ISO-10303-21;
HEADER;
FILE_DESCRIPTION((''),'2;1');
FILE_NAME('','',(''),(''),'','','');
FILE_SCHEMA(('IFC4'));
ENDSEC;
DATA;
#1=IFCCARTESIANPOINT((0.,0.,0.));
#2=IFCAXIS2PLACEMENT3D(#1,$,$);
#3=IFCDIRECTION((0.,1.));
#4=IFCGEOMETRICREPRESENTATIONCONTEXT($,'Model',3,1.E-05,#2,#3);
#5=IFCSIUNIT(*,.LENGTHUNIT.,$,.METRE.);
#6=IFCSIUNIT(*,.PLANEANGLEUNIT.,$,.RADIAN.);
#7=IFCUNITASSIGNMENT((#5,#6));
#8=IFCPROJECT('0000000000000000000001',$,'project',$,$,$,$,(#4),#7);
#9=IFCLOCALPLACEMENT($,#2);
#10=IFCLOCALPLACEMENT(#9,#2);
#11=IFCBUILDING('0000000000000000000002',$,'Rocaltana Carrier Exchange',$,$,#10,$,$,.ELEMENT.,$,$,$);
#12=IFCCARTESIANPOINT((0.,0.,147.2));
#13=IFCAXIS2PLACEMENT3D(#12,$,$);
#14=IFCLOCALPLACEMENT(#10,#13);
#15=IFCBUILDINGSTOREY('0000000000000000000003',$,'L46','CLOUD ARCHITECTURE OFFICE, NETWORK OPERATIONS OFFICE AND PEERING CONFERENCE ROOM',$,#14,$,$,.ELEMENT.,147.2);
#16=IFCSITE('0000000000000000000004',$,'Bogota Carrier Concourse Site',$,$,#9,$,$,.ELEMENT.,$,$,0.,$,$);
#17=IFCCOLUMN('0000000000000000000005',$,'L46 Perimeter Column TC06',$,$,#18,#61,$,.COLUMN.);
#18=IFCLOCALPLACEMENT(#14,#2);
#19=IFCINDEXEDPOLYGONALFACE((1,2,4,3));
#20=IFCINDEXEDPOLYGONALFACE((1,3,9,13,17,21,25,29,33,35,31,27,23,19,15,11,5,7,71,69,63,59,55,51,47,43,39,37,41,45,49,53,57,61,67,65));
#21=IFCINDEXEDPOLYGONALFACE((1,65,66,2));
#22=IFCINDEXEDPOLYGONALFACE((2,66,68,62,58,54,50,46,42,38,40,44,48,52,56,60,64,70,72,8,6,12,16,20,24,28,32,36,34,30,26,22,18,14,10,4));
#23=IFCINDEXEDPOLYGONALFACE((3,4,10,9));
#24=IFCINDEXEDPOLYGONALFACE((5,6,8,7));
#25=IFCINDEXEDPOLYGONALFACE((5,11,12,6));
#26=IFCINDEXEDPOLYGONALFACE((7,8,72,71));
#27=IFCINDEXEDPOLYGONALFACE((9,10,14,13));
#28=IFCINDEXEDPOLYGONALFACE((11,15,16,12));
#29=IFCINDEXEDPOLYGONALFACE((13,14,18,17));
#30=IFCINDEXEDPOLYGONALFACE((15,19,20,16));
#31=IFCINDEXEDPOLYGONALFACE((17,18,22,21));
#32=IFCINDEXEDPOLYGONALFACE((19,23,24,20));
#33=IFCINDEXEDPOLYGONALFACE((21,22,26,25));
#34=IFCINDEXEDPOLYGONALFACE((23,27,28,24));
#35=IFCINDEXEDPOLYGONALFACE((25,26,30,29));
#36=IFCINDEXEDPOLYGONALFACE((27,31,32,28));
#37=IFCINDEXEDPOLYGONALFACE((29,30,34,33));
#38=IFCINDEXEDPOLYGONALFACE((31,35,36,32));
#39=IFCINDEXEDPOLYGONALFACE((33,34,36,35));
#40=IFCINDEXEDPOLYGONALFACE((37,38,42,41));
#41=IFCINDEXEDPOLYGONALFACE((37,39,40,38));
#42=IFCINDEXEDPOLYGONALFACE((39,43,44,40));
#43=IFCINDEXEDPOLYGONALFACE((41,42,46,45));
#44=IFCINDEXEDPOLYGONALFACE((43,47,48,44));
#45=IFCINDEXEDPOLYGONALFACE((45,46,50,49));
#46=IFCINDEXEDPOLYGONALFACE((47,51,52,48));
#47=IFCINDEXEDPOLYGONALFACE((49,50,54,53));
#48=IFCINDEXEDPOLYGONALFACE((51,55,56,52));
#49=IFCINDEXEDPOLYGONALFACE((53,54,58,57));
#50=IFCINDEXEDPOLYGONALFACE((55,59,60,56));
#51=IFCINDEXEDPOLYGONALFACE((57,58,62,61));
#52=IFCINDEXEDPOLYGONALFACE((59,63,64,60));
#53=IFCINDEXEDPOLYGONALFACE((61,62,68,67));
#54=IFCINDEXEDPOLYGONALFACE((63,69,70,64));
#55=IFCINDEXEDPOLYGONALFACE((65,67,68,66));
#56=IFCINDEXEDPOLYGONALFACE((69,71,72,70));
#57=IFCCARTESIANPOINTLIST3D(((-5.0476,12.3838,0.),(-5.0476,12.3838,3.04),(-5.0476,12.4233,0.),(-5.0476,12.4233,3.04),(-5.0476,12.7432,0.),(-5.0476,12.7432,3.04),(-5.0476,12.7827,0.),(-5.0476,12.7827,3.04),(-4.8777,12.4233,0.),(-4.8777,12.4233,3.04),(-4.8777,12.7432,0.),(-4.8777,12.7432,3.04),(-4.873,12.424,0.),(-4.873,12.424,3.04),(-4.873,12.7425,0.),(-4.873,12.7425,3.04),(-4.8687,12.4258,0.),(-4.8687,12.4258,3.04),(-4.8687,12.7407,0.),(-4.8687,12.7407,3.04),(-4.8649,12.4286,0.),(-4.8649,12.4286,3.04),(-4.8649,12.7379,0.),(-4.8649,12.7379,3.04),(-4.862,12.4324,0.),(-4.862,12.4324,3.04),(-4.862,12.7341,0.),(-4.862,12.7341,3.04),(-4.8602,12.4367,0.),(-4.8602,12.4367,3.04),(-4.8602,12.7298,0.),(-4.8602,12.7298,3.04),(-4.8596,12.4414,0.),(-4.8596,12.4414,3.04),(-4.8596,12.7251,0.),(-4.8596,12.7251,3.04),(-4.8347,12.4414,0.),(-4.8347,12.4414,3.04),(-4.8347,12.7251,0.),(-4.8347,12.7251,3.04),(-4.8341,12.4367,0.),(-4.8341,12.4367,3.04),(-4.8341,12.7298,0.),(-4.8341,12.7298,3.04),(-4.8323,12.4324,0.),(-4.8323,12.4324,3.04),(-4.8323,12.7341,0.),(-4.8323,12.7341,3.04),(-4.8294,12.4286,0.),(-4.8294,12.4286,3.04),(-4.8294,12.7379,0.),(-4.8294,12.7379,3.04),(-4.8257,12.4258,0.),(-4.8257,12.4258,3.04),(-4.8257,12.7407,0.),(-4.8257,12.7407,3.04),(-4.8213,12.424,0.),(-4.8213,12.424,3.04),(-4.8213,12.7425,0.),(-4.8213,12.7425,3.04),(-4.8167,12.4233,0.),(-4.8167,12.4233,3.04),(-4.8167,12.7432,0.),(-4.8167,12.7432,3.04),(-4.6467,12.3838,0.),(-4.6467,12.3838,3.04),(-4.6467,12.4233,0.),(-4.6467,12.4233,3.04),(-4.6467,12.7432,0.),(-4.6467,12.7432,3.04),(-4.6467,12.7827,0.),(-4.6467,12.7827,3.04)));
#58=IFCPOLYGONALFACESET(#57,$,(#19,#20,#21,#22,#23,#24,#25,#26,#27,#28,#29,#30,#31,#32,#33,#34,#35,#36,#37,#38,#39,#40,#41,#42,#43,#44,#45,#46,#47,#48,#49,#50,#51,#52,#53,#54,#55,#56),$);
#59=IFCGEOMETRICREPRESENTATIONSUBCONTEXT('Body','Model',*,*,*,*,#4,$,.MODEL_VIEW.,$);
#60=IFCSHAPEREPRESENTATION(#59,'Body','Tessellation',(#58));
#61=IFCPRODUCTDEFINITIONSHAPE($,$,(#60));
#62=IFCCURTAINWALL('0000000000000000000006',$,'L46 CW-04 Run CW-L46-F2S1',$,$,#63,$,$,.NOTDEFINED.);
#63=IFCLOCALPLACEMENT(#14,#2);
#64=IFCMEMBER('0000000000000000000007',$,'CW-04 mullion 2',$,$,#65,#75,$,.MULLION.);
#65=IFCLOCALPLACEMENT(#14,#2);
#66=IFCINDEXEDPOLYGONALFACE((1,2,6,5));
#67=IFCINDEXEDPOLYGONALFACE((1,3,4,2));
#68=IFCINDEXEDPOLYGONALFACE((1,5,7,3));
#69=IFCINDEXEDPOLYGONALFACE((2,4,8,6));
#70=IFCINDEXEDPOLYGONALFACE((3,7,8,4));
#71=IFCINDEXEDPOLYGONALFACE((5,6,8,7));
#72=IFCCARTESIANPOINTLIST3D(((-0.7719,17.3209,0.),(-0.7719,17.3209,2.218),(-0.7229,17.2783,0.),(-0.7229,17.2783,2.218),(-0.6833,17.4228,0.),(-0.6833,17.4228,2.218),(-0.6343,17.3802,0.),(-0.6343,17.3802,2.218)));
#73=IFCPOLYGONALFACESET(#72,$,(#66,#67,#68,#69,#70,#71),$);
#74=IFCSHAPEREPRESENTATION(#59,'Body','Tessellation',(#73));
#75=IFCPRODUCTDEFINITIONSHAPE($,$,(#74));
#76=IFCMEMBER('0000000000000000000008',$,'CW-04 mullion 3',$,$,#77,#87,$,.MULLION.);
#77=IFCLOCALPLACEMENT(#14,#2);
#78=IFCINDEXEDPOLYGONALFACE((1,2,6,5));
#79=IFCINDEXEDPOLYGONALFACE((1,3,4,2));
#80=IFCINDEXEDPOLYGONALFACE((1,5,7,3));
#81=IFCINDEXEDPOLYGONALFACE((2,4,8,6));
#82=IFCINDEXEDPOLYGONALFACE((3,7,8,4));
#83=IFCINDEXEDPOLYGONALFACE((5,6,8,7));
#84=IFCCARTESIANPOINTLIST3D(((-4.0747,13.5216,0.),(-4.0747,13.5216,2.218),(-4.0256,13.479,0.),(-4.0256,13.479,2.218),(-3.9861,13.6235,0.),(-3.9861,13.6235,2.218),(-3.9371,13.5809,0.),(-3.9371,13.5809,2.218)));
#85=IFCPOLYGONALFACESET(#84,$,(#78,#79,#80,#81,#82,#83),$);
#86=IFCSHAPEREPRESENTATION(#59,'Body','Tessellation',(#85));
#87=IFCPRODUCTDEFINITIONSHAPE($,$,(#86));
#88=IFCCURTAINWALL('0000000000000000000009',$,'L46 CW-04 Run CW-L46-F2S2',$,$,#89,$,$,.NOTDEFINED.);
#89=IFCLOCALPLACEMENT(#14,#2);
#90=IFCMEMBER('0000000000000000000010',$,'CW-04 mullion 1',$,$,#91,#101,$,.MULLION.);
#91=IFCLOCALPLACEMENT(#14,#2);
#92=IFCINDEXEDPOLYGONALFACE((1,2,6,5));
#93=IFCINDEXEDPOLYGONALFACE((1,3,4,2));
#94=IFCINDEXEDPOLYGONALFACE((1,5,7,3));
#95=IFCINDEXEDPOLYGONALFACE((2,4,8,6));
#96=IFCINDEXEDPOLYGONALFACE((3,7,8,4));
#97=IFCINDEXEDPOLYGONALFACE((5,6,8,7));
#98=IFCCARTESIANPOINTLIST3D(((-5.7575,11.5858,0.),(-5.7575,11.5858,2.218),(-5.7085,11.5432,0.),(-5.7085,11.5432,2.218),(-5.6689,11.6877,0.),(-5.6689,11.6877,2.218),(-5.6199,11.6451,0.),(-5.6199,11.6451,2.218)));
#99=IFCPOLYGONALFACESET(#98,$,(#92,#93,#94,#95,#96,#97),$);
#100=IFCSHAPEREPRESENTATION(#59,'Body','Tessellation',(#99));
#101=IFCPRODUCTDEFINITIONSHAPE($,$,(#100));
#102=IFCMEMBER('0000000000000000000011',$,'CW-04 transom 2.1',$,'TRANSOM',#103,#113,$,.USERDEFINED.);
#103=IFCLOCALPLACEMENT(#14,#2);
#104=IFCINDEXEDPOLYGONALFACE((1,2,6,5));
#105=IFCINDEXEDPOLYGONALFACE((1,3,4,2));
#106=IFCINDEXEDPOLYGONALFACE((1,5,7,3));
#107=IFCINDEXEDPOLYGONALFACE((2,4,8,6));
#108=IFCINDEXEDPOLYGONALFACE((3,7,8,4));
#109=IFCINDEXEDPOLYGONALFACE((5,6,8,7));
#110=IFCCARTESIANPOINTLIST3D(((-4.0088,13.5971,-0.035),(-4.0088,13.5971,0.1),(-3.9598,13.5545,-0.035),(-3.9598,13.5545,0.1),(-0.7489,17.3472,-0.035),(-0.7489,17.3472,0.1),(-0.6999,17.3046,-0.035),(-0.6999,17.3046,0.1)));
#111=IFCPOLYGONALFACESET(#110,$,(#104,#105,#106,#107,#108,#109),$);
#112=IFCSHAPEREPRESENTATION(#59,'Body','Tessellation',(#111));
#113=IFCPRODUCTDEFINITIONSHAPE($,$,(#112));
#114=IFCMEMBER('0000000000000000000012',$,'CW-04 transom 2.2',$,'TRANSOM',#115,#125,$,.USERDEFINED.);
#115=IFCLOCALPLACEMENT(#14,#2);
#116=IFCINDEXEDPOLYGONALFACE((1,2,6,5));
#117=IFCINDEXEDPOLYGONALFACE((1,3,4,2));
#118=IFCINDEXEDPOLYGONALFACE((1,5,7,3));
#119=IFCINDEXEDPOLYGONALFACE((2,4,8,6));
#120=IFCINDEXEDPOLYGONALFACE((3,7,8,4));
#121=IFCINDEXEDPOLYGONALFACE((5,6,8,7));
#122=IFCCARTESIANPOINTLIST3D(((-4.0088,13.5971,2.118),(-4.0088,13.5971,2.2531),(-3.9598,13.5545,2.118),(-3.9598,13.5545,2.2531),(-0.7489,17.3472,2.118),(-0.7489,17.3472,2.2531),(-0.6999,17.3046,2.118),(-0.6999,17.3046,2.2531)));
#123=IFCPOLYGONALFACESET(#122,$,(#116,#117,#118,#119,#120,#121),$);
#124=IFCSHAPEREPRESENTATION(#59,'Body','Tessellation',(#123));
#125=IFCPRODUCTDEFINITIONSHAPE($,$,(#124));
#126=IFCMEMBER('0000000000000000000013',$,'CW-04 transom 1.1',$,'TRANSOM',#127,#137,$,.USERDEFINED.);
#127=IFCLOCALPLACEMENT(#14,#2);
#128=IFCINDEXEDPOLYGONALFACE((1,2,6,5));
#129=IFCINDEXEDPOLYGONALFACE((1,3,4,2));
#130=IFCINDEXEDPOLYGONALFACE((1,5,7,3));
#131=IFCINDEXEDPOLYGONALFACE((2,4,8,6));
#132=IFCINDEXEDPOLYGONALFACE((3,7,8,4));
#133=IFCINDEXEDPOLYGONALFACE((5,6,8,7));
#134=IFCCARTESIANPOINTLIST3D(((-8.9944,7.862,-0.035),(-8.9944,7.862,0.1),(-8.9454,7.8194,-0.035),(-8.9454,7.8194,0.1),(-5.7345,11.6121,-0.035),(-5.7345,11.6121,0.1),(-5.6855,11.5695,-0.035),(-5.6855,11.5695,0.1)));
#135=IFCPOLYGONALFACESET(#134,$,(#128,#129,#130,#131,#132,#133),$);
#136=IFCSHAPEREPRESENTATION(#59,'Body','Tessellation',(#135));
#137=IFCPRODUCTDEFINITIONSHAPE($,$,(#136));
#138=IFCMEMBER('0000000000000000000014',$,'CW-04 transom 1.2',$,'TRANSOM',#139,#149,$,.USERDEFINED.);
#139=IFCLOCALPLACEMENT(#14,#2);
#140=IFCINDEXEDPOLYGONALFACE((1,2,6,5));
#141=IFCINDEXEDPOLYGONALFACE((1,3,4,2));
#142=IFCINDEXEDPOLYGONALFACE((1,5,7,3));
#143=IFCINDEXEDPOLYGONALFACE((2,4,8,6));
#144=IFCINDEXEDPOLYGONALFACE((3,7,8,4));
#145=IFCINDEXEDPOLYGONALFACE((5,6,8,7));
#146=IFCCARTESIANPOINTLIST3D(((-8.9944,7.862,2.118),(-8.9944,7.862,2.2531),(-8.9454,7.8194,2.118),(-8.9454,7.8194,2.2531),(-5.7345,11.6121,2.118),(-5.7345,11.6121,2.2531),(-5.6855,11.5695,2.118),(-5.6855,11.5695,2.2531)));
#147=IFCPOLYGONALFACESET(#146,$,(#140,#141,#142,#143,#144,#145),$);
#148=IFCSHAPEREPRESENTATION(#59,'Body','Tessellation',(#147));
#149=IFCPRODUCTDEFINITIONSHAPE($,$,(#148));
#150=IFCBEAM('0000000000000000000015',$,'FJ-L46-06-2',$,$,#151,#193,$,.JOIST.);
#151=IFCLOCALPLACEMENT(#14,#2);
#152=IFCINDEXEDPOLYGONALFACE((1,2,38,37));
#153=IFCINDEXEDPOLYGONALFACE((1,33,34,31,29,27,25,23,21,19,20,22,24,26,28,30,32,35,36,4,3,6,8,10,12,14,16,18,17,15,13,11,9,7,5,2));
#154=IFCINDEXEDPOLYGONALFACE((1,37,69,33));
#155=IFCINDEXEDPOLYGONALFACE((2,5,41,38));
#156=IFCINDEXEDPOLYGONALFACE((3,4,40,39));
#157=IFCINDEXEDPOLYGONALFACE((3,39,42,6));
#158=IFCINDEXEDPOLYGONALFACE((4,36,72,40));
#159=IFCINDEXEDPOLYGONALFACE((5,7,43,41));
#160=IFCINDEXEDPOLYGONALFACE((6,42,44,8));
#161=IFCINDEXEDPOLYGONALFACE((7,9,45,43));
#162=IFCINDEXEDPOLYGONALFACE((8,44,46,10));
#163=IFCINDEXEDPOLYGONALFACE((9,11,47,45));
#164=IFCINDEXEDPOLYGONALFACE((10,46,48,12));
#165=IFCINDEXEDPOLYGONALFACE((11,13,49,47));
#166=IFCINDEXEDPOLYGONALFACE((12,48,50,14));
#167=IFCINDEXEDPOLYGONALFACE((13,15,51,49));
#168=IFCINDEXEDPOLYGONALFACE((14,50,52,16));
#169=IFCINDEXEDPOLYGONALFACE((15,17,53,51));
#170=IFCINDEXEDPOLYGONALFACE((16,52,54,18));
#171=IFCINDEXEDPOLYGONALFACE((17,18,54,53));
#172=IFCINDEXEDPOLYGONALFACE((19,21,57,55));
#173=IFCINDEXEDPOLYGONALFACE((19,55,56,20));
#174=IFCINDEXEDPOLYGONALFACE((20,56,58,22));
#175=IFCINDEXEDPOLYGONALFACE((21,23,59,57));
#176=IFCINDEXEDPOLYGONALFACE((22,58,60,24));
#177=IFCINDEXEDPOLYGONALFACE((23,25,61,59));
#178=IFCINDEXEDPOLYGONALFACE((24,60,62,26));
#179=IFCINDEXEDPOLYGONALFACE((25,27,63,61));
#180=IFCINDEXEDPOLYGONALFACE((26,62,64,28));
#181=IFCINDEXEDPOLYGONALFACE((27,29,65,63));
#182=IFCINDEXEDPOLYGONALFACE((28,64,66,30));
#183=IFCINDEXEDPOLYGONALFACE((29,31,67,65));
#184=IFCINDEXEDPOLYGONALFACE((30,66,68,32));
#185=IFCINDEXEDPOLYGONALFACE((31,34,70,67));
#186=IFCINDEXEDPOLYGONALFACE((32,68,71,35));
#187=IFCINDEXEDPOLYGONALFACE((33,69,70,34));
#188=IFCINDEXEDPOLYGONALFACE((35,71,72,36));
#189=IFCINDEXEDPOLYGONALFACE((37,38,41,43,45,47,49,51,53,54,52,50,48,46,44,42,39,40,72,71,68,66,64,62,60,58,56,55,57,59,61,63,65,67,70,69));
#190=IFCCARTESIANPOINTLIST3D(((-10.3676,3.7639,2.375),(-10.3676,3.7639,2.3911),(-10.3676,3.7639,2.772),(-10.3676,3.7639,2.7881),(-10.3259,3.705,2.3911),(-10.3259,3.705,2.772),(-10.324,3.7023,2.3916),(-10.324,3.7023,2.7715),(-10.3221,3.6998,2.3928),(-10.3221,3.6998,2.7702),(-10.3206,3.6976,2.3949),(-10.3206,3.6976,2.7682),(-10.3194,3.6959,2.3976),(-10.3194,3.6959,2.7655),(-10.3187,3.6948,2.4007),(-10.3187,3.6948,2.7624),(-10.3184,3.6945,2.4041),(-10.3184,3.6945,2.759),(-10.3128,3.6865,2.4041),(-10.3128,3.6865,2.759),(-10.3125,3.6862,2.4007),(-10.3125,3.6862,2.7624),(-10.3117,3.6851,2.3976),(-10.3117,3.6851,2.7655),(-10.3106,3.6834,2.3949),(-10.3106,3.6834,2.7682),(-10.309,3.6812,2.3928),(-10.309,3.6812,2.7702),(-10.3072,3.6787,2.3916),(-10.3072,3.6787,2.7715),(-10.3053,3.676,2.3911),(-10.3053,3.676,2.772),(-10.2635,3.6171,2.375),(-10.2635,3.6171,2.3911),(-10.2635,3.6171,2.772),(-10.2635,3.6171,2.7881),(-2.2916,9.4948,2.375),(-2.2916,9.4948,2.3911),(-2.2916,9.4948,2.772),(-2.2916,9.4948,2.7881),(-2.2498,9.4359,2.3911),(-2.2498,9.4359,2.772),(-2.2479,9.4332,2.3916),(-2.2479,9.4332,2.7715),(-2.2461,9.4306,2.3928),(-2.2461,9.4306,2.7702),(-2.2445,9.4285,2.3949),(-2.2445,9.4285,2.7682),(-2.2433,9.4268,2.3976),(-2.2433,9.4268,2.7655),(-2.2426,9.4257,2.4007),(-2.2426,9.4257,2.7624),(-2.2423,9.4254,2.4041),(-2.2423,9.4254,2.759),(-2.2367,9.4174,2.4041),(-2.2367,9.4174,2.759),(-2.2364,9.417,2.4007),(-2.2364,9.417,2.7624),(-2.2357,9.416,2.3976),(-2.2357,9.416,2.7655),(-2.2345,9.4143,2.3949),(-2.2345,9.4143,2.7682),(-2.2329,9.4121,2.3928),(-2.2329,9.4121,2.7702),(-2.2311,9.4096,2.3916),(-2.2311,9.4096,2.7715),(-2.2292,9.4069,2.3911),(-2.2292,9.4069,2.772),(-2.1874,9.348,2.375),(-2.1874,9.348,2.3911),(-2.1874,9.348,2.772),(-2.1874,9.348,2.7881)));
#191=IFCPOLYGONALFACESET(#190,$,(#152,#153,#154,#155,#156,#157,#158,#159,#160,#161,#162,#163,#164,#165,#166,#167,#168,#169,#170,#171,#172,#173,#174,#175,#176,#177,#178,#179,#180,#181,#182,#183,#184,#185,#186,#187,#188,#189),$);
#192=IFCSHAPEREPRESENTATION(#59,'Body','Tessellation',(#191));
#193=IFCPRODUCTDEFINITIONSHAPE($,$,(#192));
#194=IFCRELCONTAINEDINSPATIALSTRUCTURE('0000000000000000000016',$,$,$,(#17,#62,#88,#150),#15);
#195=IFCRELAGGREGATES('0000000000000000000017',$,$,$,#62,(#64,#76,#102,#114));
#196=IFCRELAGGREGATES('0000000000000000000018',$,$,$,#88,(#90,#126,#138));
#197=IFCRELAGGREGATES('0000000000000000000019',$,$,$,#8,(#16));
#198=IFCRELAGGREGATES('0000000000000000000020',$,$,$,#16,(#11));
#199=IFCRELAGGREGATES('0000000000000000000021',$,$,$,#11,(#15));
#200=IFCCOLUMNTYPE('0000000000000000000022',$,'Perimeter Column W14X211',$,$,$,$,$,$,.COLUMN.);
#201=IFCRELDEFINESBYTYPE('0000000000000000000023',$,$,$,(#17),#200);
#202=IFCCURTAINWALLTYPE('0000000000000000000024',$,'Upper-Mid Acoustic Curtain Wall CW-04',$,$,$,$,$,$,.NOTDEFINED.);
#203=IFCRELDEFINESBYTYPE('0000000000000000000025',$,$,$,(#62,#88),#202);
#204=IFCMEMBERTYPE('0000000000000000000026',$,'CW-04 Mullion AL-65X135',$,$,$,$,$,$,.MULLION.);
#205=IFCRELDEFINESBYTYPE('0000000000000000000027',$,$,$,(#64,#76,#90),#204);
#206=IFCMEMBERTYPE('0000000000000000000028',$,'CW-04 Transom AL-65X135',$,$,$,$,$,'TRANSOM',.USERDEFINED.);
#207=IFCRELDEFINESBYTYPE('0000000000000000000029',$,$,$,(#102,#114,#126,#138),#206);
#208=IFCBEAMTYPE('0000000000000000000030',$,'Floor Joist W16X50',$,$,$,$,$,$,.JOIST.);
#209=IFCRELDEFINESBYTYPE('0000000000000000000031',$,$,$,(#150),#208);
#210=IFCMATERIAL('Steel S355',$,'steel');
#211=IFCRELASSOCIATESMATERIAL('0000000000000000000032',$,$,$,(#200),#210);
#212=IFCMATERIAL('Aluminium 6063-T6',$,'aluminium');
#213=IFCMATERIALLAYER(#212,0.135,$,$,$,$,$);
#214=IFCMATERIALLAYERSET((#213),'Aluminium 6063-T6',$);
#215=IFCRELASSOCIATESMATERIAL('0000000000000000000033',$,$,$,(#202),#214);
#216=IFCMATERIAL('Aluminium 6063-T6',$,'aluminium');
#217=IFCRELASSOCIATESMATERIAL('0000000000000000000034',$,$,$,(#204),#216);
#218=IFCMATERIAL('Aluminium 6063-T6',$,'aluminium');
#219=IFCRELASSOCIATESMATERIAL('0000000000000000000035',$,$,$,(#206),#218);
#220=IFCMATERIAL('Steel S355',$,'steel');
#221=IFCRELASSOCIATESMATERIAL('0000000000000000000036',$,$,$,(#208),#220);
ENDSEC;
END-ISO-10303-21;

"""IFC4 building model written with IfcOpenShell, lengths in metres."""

from ifc_helpers import new_model, si_unit, direction, frame, origin, origin_2d, place, context, subcontext, project, spatial, rectangle, i_section, extrude, material, layer, layer_set, material_profile, profile_set, type_object, element, aggregate, save


model = new_model("IFC4")

# Units and contexts
model_context = context("Model", 3, precision=1e-05, world=origin(), true_north=direction((0.0, 1.0)))
body_context = subcontext(model_context, "Body", "Model", "MODEL_VIEW")
ifc_project = project(units=[si_unit("LENGTHUNIT", "METRE"), si_unit("PLANEANGLEUNIT", "RADIAN")], contexts=[model_context])

# Site, building, storey
site_placement = place(None, origin())
site = spatial("IfcSite", under=ifc_project, at=site_placement, Name="Bogota Carrier Concourse Site", CompositionType="ELEMENT", RefElevation=0.0)
building_placement = place(site_placement, origin())
building = spatial("IfcBuilding", under=site, at=building_placement, Name="Rocaltana Carrier Exchange", CompositionType="ELEMENT")
storey_placement = place(building_placement, frame((0.0, 0.0, 147.2)))
storey = spatial("IfcBuildingStorey", under=building, at=storey_placement, Name="L46", Description="CLOUD ARCHITECTURE OFFICE, NETWORK OPERATIONS OFFICE AND PEERING CONFERENCE ROOM", CompositionType="ELEMENT", Elevation=147.2)

# Column
ifc_material_1 = material(Name="Steel S355", Category="steel")
ifc_material_profile_1 = material_profile(ifc_material_1, i_section(OverallWidth=0.4009, OverallDepth=0.3989, WebThickness=0.0249, FlangeThickness=0.0396, FilletRadius=0.0181, at=origin_2d()), Name="W14X211")
ifc_profile_set_1 = profile_set([ifc_material_profile_1], Name="Steel S355")
column_type = type_object("IfcColumnType", Name="Perimeter Column W14X211", PredefinedType="COLUMN", material=ifc_profile_set_1)
column_placement = place(storey_placement, frame((-4.8472, 12.5833, 0.0), z_axis=(0.0, 0.0, 1.0), x_axis=(1.0, 0.0, 0.0)))
element("IfcColumn", 1, at=column_placement, inside=storey, type_object=column_type, Name="L46 Perimeter Column TC06", PredefinedType="COLUMN", context=body_context, shape_type="SweptSolid", body=[
    extrude(i_section(OverallWidth=0.4009, OverallDepth=0.3989, WebThickness=0.0249, FlangeThickness=0.0396, FilletRadius=0.0181, at=origin_2d()), origin(), (0.0, 0.0, 1.0), 3.04),
])

# Curtain wall, members
ifc_material_2 = material(Name="Aluminium 6063-T6", Category="aluminium")
ifc_layer_1 = layer(ifc_material_2, 0.135)
ifc_layer_set_1 = layer_set([ifc_layer_1], Name="Aluminium 6063-T6")
curtain_wall_type = type_object("IfcCurtainWallType", Name="Upper-Mid Acoustic Curtain Wall CW-04", PredefinedType="NOTDEFINED", material=ifc_layer_set_1)
curtain_wall_1_placement = place(storey_placement, origin())
curtain_wall_1 = element("IfcCurtainWall", 2, at=curtain_wall_1_placement, inside=storey, type_object=curtain_wall_type, Name="L46 CW-04 Run CW-L46-F2S1", PredefinedType="NOTDEFINED")
ifc_material_3 = material(Name="Aluminium 6063-T6", Category="aluminium")
ifc_material_profile_2 = material_profile(ifc_material_3, rectangle(XDim=0.0649, YDim=0.135, at=origin_2d()), Name="AL-65X135")
ifc_profile_set_2 = profile_set([ifc_material_profile_2], Name="Aluminium 6063-T6")
member_type_1 = type_object("IfcMemberType", Name="CW-04 Mullion AL-65X135", PredefinedType="MULLION", material=ifc_profile_set_2)
member_1_placement = place(storey_placement, frame((-0.7031, 17.3506, 0.0), z_axis=(0.0, 0.0, 1.0), x_axis=(0.754712, -0.656057, 0.0)))
member_1 = element("IfcMember", 3, at=member_1_placement, type_object=member_type_1, Name="CW-04 mullion 2", PredefinedType="MULLION", context=body_context, shape_type="SweptSolid", body=[
    extrude(rectangle(XDim=0.0649, YDim=0.135, at=origin_2d()), origin(), (0.0, 0.0, 1.0), 2.218),
])
member_2_placement = place(storey_placement, frame((-4.0059, 13.5513, 0.0), z_axis=(0.0, 0.0, 1.0), x_axis=(0.754712, -0.656057, 0.0)))
member_2 = element("IfcMember", 4, at=member_2_placement, type_object=member_type_1, Name="CW-04 mullion 3", PredefinedType="MULLION", context=body_context, shape_type="SweptSolid", body=[
    extrude(rectangle(XDim=0.0649, YDim=0.135, at=origin_2d()), origin(), (0.0, 0.0, 1.0), 2.218),
])

# Curtain wall, member
curtain_wall_2_placement = place(storey_placement, origin())
curtain_wall_2 = element("IfcCurtainWall", 5, at=curtain_wall_2_placement, inside=storey, type_object=curtain_wall_type, Name="L46 CW-04 Run CW-L46-F2S2", PredefinedType="NOTDEFINED")
member_3_placement = place(storey_placement, frame((-5.6887, 11.6155, 0.0), z_axis=(0.0, 0.0, 1.0), x_axis=(0.754712, -0.656057, 0.0)))
member_3 = element("IfcMember", 6, at=member_3_placement, type_object=member_type_1, Name="CW-04 mullion 1", PredefinedType="MULLION", context=body_context, shape_type="SweptSolid", body=[
    extrude(rectangle(XDim=0.0649, YDim=0.135, at=origin_2d()), origin(), (0.0, 0.0, 1.0), 2.218),
])

# Members
ifc_material_4 = material(Name="Aluminium 6063-T6", Category="aluminium")
ifc_material_profile_3 = material_profile(ifc_material_4, rectangle(XDim=0.0649, YDim=0.135, at=origin_2d()), Name="AL-65X135")
ifc_profile_set_3 = profile_set([ifc_material_profile_3], Name="Aluminium 6063-T6")
member_type_2 = type_object("IfcMemberType", Name="CW-04 Transom AL-65X135", ElementType="TRANSOM", PredefinedType="USERDEFINED", material=ifc_profile_set_3)
member_4_placement = place(storey_placement, frame((-0.7244, 17.3259, 0.0325), z_axis=(-0.656056, -0.754712, 0.0), x_axis=(0.754712, -0.656056, 0.0)))
member_4 = element("IfcMember", 7, at=member_4_placement, type_object=member_type_2, Name="CW-04 transom 2.1", ObjectType="TRANSOM", PredefinedType="USERDEFINED", context=body_context, shape_type="SweptSolid", body=[
    extrude(rectangle(XDim=0.0649, YDim=0.135, at=origin_2d()), origin(), (0.0, 0.0, 1.0), 4.969),
])
member_5_placement = place(storey_placement, frame((-0.7244, 17.3259, 2.1855), z_axis=(-0.656056, -0.754712, 0.0), x_axis=(0.754712, -0.656056, 0.0)))
member_5 = element("IfcMember", 8, at=member_5_placement, type_object=member_type_2, Name="CW-04 transom 2.2", ObjectType="TRANSOM", PredefinedType="USERDEFINED", context=body_context, shape_type="SweptSolid", body=[
    extrude(rectangle(XDim=0.0649, YDim=0.135, at=origin_2d()), origin(), (0.0, 0.0, 1.0), 4.969),
])
member_6_placement = place(storey_placement, frame((-5.71, 11.5908, 0.0325), z_axis=(-0.656056, -0.754712, 0.0), x_axis=(0.754712, -0.656056, 0.0)))
member_6 = element("IfcMember", 9, at=member_6_placement, type_object=member_type_2, Name="CW-04 transom 1.1", ObjectType="TRANSOM", PredefinedType="USERDEFINED", context=body_context, shape_type="SweptSolid", body=[
    extrude(rectangle(XDim=0.0649, YDim=0.135, at=origin_2d()), origin(), (0.0, 0.0, 1.0), 4.969),
])
member_7_placement = place(storey_placement, frame((-5.71, 11.5908, 2.1855), z_axis=(-0.656056, -0.754712, 0.0), x_axis=(0.754712, -0.656056, 0.0)))
member_7 = element("IfcMember", 10, at=member_7_placement, type_object=member_type_2, Name="CW-04 transom 1.2", ObjectType="TRANSOM", PredefinedType="USERDEFINED", context=body_context, shape_type="SweptSolid", body=[
    extrude(rectangle(XDim=0.0649, YDim=0.135, at=origin_2d()), origin(), (0.0, 0.0, 1.0), 4.969),
])

# Beam
ifc_material_5 = material(Name="Steel S355", Category="steel")
ifc_material_profile_4 = material_profile(ifc_material_5, i_section(OverallWidth=0.1799, OverallDepth=0.4131, WebThickness=0.0098, FlangeThickness=0.0161, FilletRadius=0.0129, at=origin_2d()), Name="W16X50")
ifc_profile_set_4 = profile_set([ifc_material_profile_4], Name="Steel S355")
beam_type_1 = type_object("IfcBeamType", Name="Floor Joist W16X50", PredefinedType="JOIST", material=ifc_profile_set_4)
beam_1_placement = place(storey_placement, frame((-2.2395, 9.4214, 2.5815), z_axis=(-0.815532, -0.578712, 0.0), x_axis=(0.578712, -0.815532, 0.0)))
element("IfcBeam", 11, at=beam_1_placement, inside=storey, type_object=beam_type_1, Name="FJ-L46-06-2", PredefinedType="JOIST", context=body_context, shape_type="SweptSolid", body=[
    extrude(i_section(OverallWidth=0.1799, OverallDepth=0.4131, WebThickness=0.0098, FlangeThickness=0.0161, FilletRadius=0.0129, at=origin_2d()), origin(), (0.0, 0.0, 1.0), 9.9028),
])

aggregate(curtain_wall_1, [member_1, member_2, member_4, member_5])
aggregate(curtain_wall_2, [member_3, member_6, member_7])

save(model, "model.ifc")
